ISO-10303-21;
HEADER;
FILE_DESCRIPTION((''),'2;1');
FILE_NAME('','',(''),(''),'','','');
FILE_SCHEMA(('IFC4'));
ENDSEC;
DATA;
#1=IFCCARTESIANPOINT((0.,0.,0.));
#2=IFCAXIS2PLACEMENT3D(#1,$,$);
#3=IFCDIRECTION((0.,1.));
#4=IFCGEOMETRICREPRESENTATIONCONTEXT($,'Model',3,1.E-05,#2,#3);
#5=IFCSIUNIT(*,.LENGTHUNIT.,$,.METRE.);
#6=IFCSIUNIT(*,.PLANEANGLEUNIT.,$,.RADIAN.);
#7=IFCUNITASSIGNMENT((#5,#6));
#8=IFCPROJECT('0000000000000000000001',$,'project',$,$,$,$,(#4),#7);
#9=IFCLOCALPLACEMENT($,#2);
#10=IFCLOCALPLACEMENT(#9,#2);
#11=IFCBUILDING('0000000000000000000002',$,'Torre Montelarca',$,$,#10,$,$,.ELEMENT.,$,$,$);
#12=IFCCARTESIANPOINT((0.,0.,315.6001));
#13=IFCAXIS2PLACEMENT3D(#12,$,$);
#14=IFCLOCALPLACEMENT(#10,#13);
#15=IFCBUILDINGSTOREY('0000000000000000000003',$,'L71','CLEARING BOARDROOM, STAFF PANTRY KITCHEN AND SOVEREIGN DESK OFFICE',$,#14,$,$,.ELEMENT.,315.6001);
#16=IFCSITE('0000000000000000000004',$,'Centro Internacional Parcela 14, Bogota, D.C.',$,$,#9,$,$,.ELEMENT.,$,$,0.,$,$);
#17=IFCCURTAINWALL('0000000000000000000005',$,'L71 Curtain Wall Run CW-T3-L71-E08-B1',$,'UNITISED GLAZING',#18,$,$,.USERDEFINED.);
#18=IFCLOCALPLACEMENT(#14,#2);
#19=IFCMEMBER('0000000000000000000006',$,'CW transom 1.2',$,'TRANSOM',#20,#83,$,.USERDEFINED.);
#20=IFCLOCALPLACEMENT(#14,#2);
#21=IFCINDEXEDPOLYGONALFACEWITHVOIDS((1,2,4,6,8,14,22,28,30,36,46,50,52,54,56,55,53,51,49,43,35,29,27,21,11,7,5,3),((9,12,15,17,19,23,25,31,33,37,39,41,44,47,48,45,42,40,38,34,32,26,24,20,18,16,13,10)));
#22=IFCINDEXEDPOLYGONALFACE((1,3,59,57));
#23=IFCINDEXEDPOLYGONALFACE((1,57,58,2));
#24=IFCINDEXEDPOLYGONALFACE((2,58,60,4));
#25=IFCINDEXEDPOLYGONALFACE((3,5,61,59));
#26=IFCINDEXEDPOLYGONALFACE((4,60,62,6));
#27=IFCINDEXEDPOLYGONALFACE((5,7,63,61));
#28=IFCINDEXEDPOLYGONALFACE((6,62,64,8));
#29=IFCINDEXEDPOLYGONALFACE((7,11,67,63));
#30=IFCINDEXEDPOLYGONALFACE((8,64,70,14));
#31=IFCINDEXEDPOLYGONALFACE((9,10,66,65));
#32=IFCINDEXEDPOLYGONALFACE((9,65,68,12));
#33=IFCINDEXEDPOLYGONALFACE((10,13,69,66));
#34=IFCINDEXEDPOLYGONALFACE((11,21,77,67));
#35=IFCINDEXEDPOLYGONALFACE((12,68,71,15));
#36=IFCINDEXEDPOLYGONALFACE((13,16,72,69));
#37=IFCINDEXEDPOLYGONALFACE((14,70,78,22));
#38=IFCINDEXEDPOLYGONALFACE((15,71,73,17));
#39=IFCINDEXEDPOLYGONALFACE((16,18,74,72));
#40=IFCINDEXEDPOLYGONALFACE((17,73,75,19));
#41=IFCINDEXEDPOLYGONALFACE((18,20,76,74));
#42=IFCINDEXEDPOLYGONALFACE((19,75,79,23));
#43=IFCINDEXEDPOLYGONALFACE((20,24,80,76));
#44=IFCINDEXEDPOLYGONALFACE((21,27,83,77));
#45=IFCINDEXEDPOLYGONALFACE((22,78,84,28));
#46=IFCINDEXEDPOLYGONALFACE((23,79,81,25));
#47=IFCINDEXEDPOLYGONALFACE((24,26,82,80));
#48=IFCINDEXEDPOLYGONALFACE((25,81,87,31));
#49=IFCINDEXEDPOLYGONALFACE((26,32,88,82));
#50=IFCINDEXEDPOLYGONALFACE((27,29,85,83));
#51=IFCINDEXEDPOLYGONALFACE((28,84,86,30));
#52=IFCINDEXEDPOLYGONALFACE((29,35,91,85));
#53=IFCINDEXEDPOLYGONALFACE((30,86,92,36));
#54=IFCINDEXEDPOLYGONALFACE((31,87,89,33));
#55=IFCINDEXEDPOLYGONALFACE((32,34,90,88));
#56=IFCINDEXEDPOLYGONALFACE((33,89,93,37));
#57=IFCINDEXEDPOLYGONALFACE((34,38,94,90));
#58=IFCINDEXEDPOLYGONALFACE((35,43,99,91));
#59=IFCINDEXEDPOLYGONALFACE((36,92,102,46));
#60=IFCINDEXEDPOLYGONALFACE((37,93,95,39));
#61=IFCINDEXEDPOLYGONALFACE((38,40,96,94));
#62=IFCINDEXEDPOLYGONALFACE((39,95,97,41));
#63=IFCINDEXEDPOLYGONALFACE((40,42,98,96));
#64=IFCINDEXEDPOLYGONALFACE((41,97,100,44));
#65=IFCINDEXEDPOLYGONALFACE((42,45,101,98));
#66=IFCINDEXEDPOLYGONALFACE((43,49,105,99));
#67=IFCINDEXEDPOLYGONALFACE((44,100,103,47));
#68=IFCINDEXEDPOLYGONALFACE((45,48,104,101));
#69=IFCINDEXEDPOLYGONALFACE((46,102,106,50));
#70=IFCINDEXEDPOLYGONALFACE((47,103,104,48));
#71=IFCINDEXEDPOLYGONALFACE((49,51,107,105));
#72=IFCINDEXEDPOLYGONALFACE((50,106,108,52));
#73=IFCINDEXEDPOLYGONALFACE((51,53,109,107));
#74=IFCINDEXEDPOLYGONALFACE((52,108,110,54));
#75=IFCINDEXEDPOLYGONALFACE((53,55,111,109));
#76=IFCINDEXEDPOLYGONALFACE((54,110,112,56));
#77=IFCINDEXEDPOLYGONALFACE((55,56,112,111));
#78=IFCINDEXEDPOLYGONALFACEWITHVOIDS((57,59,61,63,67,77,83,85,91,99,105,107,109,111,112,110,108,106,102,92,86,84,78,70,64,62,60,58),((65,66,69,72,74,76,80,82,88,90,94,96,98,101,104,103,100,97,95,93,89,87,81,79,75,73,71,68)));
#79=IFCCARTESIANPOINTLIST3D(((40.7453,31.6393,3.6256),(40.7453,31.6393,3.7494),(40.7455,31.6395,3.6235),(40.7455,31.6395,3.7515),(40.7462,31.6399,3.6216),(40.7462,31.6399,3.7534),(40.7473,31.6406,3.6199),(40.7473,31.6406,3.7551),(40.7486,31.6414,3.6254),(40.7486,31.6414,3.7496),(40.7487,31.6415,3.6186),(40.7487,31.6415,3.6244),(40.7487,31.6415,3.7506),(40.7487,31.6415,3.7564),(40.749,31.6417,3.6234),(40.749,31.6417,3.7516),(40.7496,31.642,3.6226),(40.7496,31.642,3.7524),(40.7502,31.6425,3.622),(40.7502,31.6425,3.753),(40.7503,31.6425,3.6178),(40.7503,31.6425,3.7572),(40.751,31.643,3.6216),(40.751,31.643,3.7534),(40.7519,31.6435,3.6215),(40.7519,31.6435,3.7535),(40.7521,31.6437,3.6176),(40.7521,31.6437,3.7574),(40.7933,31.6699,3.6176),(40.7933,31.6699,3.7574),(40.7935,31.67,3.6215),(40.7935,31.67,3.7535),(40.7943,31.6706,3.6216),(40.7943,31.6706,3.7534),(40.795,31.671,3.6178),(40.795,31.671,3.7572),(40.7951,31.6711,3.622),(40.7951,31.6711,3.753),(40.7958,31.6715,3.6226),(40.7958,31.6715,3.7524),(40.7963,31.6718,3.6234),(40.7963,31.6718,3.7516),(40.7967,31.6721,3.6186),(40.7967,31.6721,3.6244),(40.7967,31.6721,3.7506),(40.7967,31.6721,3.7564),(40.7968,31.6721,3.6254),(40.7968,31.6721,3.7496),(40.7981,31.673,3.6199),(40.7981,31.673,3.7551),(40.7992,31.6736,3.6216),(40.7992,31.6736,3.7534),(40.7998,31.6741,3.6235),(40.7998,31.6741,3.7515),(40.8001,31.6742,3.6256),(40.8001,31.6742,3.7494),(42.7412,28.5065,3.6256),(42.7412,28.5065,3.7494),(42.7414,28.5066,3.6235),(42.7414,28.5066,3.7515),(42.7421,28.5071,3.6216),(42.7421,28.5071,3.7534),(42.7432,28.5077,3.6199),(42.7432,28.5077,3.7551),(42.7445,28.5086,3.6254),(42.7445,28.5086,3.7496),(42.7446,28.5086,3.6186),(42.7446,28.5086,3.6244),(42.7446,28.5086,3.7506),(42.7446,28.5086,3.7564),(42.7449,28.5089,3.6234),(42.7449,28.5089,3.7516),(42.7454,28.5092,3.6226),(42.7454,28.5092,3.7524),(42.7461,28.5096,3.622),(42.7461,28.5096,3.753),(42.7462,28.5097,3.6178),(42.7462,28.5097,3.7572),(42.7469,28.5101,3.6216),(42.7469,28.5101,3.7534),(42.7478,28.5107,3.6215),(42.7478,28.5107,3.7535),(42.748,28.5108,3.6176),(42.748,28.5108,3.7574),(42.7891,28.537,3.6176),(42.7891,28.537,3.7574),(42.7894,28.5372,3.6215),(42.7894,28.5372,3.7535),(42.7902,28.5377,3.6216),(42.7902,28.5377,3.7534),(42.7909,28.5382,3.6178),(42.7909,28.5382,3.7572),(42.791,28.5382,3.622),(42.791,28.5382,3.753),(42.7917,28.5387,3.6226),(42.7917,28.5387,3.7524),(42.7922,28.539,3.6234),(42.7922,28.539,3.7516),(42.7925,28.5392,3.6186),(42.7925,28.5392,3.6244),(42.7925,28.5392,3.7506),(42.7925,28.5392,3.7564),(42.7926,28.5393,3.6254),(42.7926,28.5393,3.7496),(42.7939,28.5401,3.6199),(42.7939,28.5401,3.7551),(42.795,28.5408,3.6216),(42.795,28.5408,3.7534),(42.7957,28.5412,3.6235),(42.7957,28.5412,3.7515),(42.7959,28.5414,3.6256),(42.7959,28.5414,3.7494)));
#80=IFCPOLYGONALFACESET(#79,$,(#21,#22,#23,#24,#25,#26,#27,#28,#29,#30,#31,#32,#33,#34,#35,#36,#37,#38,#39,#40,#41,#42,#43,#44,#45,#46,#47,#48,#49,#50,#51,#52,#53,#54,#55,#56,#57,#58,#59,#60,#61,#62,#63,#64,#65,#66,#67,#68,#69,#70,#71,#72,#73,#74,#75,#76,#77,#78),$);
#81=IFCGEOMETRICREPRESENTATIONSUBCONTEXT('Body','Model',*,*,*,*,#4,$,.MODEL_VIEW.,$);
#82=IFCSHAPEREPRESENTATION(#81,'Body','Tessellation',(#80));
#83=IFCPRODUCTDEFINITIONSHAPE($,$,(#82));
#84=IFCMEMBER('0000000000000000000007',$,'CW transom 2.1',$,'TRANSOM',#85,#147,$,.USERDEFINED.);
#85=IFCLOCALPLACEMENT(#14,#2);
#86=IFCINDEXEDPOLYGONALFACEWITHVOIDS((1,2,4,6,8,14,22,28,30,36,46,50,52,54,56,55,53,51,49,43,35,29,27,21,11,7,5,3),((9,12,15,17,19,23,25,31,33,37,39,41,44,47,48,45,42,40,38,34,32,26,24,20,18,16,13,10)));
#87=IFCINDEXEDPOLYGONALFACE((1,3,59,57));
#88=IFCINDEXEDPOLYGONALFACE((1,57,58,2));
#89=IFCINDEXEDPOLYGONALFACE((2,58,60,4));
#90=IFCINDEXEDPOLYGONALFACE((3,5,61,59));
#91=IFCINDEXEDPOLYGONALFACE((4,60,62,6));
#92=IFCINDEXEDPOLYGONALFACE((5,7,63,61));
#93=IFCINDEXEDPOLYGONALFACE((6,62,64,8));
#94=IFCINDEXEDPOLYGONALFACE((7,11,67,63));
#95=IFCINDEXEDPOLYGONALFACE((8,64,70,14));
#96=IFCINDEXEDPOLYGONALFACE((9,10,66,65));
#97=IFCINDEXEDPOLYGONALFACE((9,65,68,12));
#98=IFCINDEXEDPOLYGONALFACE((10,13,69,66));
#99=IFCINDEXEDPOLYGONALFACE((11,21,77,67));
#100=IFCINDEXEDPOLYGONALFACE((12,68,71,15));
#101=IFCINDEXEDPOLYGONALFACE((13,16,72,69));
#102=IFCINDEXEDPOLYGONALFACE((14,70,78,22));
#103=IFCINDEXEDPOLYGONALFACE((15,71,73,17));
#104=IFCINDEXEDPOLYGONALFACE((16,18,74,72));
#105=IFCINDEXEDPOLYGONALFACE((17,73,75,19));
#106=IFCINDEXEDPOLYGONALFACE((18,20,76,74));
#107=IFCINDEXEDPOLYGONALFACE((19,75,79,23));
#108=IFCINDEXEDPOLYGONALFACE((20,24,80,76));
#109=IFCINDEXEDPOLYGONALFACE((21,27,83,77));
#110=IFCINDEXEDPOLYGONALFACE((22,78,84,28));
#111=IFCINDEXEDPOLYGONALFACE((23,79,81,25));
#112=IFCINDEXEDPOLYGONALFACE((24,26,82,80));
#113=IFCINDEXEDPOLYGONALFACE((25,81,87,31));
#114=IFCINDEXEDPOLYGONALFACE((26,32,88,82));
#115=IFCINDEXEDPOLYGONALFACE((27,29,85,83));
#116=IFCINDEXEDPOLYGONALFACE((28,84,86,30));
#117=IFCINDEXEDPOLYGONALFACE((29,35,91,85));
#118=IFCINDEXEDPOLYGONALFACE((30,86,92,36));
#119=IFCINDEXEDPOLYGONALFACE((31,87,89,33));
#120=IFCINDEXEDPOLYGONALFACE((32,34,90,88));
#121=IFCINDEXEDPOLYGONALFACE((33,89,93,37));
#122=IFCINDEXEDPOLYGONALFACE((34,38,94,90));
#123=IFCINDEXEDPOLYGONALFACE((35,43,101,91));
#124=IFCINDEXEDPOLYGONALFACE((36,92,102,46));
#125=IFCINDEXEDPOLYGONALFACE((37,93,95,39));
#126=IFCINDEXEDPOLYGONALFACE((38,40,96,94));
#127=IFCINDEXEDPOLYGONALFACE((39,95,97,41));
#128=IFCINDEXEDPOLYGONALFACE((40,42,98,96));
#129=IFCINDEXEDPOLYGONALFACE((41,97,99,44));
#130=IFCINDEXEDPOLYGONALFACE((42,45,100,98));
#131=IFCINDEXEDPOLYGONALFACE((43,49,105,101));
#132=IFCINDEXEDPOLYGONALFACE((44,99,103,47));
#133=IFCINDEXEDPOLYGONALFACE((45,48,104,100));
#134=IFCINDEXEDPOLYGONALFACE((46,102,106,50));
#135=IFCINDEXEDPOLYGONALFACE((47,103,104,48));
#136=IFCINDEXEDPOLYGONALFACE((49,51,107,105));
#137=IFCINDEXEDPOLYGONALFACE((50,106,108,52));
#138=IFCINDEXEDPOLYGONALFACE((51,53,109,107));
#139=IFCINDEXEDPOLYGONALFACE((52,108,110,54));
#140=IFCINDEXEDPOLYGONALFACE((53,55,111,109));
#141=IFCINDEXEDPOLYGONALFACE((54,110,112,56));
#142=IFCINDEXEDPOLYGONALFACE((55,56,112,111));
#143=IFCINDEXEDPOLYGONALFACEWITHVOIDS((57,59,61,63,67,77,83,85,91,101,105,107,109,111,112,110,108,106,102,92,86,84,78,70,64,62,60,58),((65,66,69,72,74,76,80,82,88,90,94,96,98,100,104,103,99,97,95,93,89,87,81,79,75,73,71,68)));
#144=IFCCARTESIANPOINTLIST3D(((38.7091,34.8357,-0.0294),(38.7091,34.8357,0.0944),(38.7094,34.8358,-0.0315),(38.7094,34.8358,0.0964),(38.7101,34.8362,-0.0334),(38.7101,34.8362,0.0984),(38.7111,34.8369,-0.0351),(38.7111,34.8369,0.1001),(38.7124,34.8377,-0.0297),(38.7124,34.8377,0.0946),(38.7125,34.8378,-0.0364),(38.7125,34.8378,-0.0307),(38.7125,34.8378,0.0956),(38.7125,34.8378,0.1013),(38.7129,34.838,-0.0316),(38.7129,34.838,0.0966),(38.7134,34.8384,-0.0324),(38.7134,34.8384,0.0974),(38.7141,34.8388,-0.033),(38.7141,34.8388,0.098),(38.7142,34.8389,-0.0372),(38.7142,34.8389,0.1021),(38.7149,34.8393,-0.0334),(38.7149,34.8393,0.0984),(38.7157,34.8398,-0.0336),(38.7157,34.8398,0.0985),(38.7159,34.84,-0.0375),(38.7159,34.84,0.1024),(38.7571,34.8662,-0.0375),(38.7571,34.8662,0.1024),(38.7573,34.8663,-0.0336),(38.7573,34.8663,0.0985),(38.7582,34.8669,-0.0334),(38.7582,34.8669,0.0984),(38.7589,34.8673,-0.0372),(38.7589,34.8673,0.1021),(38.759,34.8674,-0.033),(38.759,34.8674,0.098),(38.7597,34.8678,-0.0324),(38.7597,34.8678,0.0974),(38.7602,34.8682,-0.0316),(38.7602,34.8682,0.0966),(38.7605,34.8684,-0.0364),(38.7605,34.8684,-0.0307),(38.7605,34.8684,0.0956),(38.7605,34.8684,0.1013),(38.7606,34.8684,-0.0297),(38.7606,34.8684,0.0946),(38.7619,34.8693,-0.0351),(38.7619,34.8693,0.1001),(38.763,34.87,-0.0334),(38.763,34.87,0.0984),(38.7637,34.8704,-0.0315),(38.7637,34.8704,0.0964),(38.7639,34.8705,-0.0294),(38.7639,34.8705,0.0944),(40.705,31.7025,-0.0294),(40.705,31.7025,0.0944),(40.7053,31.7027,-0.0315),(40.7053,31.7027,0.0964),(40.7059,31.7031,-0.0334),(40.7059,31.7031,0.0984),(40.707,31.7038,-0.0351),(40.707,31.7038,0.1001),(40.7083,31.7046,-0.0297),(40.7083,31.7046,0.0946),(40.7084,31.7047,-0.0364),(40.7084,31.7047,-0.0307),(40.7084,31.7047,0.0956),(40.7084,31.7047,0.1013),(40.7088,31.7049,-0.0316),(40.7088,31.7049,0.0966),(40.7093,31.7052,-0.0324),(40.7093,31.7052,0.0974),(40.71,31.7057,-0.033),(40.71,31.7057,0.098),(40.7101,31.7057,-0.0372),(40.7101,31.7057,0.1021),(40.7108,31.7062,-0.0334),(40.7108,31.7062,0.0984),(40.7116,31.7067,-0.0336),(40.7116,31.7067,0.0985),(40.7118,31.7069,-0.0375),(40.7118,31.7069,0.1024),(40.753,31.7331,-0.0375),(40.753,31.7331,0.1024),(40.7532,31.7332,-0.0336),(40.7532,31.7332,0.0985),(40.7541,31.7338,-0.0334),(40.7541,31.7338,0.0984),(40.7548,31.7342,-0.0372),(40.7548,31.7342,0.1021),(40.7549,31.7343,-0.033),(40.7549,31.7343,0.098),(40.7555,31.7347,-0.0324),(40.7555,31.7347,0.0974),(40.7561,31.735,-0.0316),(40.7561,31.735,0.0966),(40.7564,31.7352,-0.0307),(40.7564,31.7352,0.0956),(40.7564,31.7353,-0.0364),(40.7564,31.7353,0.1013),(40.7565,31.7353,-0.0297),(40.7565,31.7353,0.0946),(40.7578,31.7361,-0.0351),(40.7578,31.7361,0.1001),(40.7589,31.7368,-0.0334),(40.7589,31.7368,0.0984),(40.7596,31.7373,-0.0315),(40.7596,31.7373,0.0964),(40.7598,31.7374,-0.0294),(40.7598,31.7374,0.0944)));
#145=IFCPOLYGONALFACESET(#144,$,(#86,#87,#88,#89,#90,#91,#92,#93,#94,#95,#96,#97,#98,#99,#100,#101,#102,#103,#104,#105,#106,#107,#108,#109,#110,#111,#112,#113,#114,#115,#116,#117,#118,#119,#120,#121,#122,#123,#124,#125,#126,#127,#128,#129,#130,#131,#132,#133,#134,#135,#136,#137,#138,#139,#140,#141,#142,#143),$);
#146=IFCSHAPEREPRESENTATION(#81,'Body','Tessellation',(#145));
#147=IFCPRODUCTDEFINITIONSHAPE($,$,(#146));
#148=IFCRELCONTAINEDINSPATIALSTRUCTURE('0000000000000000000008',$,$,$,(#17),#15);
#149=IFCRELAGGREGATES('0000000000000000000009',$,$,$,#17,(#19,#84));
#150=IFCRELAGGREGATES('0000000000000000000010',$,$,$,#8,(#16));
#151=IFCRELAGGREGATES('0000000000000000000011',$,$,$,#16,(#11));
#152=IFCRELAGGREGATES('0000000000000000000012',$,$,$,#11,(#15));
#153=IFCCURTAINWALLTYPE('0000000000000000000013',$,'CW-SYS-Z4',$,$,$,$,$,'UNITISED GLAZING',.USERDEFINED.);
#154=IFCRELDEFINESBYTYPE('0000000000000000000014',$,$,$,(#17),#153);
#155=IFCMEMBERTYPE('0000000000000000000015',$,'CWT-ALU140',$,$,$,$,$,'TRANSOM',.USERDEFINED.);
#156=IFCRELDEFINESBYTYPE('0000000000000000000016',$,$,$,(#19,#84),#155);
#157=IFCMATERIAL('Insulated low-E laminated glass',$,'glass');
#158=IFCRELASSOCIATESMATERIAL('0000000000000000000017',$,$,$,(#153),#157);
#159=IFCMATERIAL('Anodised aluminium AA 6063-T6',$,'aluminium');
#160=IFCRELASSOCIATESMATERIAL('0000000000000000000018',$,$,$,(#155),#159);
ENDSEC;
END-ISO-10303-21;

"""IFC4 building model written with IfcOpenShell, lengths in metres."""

from ifc_helpers import new_model, si_unit, direction, frame, origin, origin_2d, place, context, subcontext, project, spatial, hollow_rectangle, extrude, source, transform, mapped, material, material_profile, profile_set, type_object, element, aggregate, save


model = new_model("IFC4")

# Units and contexts
model_context = context("Model", 3, precision=1e-05, world=origin(), true_north=direction((0.0, 1.0)))
body_context = subcontext(model_context, "Body", "Model", "MODEL_VIEW")
ifc_project = project(units=[si_unit("LENGTHUNIT", "METRE"), si_unit("PLANEANGLEUNIT", "RADIAN")], contexts=[model_context])

# Site, building, storey
site_placement = place(None, origin())
site = spatial("IfcSite", under=ifc_project, at=site_placement, Name="Centro Internacional Parcela 14, Bogota, D.C.", CompositionType="ELEMENT", RefElevation=0.0)
building_placement = place(site_placement, origin())
building = spatial("IfcBuilding", under=site, at=building_placement, Name="Torre Montelarca", CompositionType="ELEMENT")
storey_placement = place(building_placement, frame((0.0, 0.0, 315.6001)))
storey = spatial("IfcBuildingStorey", under=building, at=storey_placement, Name="L71", Description="CLEARING BOARDROOM, STAFF PANTRY KITCHEN AND SOVEREIGN DESK OFFICE", CompositionType="ELEMENT", Elevation=315.6001)

# Curtain wall
ifc_material_1 = material(Name="Insulated low-E laminated glass", Category="glass")
curtain_wall_type = type_object("IfcCurtainWallType", Name="CW-SYS-Z4", ElementType="UNITISED GLAZING", PredefinedType="USERDEFINED", material=ifc_material_1)
ifc_material_2 = material(Name="Anodised aluminium AA 6063-T6", Category="aluminium")
curtain_wall_1_placement = place(storey_placement, origin())
curtain_wall_1 = element("IfcCurtainWall", 1, at=curtain_wall_1_placement, inside=storey, type_object=curtain_wall_type, Name="L71 Curtain Wall Run CW-T3-L71-E08-B1", ObjectType="UNITISED GLAZING", PredefinedType="USERDEFINED")

# Members
ifc_material_profile_1 = material_profile(ifc_material_2, hollow_rectangle(XDim=0.0649, YDim=0.1399, WallThickness=0.0039, InnerFilletRadius=0.0039, OuterFilletRadius=0.0081, at=origin_2d()), Name="ALU65X140X4", Category="aluminium")
ifc_profile_set_1 = profile_set([ifc_material_profile_1], Name="Anodised aluminium AA 6063-T6")
member_type_1 = type_object("IfcMemberType", Name="CWT-ALU140", ElementType="TRANSOM", PredefinedType="USERDEFINED", material=ifc_profile_set_1)
shared_shape_1 = source(origin(), body_context, "Body", "SweptSolid", [
    extrude(hollow_rectangle(XDim=0.0649, YDim=0.1399, WallThickness=0.0039, InnerFilletRadius=0.0039, OuterFilletRadius=0.0081, at=origin_2d()), origin(), (0.0, 0.0, 1.0), 3.7146),
])
member_1_placement = place(storey_placement, frame((42.7686, 28.5239, 3.6875), z_axis=(-0.537305, 0.843388, 0.0), x_axis=(-0.843388, -0.537305, 0.0)))
member_1 = element("IfcMember", 2, at=member_1_placement, type_object=member_type_1, Name="CW transom 1.2", ObjectType="TRANSOM", PredefinedType="USERDEFINED", context=body_context, shape_type="MappedRepresentation", body=[
    mapped(shared_shape_1, transform((0.0, 0.0, 0.0), scale=1.0)),
])
shared_shape_2 = source(origin(), body_context, "Body", "SweptSolid", [
    extrude(hollow_rectangle(XDim=0.0649, YDim=0.1399, WallThickness=0.0039, InnerFilletRadius=0.0039, OuterFilletRadius=0.0081, at=origin_2d()), origin(), (0.0, 0.0, 1.0), 3.7148),
])
member_2_placement = place(storey_placement, frame((40.7324, 31.72, 0.0325), z_axis=(-0.537275, 0.843407, 0.0), x_axis=(-0.843407, -0.537275, 0.0)))
member_2 = element("IfcMember", 3, at=member_2_placement, type_object=member_type_1, Name="CW transom 2.1", ObjectType="TRANSOM", PredefinedType="USERDEFINED", context=body_context, shape_type="MappedRepresentation", body=[
    mapped(shared_shape_2, transform((0.0, 0.0, 0.0), scale=1.0)),
])

aggregate(curtain_wall_1, [member_1, member_2])

save(model, "model.ifc")
